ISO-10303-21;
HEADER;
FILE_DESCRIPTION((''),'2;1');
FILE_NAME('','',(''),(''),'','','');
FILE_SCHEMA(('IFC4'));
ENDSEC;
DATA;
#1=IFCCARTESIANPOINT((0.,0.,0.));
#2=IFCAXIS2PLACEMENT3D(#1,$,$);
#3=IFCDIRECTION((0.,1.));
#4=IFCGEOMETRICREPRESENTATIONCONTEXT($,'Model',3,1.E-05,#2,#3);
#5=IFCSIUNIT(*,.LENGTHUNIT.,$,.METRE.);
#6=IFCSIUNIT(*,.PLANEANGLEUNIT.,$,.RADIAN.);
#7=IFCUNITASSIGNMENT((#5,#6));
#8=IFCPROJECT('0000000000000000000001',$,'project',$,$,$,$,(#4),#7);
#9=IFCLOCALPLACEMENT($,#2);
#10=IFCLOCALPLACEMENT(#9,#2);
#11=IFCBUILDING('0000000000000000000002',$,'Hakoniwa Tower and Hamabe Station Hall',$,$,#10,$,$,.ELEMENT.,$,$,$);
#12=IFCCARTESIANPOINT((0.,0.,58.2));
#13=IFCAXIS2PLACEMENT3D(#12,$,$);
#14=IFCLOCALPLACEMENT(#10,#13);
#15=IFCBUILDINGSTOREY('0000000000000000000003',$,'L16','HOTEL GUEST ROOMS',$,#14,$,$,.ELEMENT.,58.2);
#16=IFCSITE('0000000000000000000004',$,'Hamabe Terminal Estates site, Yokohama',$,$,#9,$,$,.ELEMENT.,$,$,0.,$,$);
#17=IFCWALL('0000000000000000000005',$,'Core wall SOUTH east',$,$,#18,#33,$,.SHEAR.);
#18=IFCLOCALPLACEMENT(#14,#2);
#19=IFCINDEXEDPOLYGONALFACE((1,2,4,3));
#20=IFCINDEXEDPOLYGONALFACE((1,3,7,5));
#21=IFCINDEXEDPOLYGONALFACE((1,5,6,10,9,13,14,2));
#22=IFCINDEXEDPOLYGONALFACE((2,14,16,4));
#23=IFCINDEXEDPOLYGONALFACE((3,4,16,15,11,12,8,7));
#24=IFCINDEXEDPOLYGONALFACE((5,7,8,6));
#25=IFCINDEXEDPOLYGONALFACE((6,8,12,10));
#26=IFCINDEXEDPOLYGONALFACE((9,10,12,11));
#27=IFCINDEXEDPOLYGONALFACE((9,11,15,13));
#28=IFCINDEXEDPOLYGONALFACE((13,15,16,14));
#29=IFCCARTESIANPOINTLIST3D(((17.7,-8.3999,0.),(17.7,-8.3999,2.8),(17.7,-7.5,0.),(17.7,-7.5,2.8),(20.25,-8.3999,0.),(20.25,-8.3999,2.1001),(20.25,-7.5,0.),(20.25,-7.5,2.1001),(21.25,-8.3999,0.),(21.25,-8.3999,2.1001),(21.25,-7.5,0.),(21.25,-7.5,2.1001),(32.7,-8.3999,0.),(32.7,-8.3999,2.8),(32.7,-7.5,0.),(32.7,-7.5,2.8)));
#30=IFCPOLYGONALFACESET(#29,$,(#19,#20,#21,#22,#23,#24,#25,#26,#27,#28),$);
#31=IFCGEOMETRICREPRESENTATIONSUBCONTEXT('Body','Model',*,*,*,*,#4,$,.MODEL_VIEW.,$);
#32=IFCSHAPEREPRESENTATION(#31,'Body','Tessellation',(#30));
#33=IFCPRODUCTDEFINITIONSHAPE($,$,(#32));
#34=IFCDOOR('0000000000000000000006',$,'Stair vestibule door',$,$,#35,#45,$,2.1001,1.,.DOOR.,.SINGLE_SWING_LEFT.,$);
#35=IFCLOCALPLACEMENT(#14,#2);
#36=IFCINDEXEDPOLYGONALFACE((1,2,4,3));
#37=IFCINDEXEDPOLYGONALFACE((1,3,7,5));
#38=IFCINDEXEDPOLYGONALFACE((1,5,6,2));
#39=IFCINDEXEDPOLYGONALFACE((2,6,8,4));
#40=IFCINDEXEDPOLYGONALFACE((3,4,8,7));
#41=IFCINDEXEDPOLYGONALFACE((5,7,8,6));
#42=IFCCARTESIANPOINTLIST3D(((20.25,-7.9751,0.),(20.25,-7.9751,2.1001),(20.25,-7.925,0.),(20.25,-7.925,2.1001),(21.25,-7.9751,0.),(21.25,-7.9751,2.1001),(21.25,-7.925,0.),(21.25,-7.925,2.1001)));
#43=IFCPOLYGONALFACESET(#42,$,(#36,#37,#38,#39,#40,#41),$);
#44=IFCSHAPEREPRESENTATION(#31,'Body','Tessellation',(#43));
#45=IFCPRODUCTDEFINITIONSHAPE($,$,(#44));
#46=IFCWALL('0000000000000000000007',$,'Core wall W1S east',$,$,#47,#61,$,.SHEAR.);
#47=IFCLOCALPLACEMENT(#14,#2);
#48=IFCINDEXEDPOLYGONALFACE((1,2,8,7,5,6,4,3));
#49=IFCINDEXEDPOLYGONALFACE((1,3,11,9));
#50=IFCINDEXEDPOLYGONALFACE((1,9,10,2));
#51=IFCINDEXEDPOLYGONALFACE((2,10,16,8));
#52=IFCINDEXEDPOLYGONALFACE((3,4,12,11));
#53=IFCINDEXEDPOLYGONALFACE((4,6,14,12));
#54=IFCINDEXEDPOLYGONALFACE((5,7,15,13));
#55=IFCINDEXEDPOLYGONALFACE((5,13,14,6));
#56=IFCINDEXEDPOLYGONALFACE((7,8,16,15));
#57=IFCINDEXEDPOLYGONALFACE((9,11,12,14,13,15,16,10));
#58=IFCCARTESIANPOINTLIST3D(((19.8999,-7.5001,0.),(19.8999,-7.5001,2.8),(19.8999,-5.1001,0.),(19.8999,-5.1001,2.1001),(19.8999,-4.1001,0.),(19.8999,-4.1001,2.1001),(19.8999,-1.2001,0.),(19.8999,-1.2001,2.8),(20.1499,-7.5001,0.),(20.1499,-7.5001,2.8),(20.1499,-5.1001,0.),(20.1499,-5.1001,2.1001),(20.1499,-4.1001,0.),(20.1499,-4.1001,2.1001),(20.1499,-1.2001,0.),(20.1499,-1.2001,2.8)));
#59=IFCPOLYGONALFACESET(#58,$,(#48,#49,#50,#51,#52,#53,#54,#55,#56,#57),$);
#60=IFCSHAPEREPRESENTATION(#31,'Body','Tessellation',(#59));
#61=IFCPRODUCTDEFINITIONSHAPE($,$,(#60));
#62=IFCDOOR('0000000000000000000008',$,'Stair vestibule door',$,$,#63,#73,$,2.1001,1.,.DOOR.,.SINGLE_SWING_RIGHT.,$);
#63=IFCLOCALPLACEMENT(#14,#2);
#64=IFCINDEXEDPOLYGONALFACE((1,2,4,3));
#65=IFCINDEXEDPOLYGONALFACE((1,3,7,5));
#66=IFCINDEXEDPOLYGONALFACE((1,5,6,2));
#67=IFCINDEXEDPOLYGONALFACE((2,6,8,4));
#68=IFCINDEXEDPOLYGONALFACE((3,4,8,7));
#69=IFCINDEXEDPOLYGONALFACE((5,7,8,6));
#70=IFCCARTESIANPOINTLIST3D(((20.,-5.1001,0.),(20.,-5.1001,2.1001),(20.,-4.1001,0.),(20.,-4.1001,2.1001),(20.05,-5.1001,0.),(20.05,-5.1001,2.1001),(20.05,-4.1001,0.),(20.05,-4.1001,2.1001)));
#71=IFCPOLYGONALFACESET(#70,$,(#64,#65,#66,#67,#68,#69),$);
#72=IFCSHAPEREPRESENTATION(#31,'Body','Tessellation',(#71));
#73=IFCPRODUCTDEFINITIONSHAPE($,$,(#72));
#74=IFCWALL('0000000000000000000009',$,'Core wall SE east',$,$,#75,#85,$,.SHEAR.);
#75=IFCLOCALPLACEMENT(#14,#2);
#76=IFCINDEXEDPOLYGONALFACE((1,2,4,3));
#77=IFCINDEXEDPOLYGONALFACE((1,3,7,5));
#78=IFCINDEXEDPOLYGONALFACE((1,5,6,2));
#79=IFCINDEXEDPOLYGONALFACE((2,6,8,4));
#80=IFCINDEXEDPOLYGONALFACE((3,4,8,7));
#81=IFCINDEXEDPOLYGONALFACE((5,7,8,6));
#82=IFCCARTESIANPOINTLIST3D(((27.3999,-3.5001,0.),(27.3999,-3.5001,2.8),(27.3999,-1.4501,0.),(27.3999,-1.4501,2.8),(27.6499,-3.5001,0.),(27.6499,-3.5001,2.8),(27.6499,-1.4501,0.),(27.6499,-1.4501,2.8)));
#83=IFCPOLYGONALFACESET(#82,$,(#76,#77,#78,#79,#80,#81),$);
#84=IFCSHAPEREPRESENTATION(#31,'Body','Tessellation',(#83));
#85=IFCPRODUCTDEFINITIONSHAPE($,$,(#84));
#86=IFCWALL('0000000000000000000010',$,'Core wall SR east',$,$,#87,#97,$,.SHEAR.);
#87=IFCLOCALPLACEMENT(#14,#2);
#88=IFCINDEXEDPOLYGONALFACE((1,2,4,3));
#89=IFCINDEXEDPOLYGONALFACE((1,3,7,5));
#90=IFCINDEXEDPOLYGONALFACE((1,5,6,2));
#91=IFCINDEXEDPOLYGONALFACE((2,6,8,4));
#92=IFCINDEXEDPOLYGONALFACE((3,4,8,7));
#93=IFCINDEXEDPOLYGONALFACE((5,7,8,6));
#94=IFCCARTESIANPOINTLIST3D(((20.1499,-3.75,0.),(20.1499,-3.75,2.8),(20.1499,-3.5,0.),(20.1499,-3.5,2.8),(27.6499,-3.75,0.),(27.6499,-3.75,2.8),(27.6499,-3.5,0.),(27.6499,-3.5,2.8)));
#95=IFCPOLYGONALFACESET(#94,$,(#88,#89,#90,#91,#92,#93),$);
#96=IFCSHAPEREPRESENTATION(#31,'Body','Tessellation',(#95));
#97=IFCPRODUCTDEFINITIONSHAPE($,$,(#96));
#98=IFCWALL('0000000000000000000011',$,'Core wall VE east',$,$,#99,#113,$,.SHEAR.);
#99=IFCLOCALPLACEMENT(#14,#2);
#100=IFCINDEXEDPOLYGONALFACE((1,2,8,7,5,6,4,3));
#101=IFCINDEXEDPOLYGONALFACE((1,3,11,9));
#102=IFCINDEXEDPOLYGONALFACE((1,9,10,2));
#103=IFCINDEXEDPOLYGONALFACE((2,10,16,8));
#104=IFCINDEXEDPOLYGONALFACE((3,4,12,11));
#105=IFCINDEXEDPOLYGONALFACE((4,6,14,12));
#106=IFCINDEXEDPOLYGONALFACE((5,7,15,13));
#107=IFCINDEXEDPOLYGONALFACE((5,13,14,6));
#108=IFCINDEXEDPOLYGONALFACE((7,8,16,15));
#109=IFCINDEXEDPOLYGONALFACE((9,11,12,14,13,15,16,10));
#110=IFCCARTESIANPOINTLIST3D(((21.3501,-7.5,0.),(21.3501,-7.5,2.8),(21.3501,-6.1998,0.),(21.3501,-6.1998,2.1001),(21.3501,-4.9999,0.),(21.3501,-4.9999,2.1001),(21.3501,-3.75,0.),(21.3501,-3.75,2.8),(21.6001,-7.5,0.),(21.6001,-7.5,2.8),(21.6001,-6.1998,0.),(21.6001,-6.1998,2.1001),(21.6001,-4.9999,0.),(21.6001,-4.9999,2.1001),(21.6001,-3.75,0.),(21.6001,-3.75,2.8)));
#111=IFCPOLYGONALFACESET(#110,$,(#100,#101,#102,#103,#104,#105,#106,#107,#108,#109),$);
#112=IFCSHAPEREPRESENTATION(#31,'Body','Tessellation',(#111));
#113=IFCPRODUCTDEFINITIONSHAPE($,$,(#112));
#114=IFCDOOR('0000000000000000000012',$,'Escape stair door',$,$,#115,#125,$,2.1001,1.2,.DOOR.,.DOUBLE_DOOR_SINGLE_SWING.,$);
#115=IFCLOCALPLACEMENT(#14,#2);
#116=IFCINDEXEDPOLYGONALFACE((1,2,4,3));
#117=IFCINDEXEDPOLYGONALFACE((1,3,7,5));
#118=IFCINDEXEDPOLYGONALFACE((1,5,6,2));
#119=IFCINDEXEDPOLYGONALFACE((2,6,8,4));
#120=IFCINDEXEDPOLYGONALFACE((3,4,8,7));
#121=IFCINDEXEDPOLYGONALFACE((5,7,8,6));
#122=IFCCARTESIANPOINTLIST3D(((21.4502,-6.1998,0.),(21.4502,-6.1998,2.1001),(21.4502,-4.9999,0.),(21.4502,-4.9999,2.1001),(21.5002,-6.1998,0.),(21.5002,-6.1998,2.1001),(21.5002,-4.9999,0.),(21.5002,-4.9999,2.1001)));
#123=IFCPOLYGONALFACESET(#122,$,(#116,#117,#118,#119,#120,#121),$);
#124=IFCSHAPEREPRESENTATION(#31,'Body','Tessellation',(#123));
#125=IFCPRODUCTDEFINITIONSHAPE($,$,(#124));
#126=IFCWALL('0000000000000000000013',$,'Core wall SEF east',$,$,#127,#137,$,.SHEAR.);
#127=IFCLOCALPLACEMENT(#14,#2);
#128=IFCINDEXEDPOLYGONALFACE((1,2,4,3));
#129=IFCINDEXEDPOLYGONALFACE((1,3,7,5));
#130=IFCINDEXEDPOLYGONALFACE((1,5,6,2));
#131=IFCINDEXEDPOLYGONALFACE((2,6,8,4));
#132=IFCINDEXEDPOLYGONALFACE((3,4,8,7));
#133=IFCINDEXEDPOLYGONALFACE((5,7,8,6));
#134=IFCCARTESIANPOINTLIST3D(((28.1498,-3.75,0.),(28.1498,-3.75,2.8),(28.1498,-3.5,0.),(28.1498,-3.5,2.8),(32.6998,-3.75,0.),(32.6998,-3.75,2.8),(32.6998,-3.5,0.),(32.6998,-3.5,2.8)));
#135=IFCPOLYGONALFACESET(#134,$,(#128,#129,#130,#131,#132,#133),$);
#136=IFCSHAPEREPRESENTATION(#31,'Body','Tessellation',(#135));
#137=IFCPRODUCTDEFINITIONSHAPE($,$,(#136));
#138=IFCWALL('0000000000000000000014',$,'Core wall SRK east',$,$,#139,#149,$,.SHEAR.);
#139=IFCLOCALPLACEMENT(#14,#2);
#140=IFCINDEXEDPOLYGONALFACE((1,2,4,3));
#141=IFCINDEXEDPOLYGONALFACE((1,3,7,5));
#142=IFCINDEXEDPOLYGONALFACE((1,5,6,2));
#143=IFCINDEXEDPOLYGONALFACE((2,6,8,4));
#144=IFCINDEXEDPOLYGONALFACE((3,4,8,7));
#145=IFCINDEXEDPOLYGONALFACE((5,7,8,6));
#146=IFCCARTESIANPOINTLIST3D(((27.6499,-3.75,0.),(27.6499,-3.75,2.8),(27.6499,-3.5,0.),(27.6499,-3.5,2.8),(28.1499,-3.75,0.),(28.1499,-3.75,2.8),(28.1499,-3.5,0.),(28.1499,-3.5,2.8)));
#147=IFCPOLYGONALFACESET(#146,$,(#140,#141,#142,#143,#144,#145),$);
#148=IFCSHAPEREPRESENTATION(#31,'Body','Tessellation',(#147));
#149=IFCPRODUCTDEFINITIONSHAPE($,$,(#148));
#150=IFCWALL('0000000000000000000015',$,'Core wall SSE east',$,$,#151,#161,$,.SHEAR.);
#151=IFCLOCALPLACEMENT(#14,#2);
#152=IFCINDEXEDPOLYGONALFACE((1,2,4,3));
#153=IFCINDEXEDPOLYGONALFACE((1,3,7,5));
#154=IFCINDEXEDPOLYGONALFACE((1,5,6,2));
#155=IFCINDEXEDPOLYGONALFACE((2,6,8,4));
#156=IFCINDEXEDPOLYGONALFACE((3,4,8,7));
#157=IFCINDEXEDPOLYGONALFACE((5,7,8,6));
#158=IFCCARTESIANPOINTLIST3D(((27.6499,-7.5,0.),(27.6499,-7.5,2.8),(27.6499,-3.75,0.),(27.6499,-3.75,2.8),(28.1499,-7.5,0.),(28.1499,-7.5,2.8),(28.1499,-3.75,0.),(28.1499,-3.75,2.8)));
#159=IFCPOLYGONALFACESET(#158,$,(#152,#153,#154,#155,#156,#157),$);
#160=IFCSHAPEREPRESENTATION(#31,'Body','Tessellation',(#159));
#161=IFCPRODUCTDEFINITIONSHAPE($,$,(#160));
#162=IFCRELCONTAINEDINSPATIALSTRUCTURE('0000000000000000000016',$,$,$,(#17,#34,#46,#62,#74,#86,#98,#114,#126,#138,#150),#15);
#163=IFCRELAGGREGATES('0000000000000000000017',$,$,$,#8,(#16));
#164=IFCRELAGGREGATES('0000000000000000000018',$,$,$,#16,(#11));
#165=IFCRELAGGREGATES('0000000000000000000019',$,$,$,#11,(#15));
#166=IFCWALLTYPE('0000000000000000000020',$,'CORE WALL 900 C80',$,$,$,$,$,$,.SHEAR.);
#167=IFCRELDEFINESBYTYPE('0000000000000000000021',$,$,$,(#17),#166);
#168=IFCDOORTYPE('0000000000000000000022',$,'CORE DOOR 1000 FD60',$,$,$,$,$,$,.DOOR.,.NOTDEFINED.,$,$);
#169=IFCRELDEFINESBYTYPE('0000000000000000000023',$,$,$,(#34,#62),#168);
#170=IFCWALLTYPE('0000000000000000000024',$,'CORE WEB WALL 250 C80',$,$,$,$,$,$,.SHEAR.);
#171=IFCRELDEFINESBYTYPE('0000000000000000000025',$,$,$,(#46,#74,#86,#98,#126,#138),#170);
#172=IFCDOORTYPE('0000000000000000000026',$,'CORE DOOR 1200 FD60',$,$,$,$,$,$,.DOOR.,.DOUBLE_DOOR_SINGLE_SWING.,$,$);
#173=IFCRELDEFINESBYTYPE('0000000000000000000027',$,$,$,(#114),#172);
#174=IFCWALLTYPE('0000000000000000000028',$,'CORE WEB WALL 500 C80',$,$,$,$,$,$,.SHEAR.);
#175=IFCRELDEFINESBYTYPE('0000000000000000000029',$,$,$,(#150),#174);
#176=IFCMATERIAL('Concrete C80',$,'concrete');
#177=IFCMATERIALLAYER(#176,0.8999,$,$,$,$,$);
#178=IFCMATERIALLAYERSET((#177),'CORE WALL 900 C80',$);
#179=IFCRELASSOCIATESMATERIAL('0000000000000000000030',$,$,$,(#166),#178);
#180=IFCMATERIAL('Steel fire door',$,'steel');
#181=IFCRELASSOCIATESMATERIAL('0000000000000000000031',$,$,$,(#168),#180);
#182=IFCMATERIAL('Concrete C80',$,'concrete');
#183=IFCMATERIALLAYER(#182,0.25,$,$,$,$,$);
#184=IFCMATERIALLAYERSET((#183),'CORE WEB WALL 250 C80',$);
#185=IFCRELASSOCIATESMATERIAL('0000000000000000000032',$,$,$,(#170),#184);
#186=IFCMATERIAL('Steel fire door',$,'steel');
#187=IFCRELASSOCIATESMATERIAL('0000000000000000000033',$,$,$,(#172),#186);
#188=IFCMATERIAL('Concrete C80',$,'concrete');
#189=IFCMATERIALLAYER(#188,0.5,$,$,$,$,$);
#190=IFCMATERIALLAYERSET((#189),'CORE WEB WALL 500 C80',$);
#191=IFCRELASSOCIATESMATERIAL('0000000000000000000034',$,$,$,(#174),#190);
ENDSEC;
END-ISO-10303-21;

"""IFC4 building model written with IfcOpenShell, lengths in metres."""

from ifc_helpers import new_model, si_unit, direction, frame, frame_2d, origin, place, context, subcontext, project, spatial, rectangle, extrude, material, layer, layer_set, type_object, element, fill, save


model = new_model("IFC4")

# Units and contexts
model_context = context("Model", 3, precision=1e-05, world=origin(), true_north=direction((0.0, 1.0)))
body_context = subcontext(model_context, "Body", "Model", "MODEL_VIEW")
ifc_project = project(units=[si_unit("LENGTHUNIT", "METRE"), si_unit("PLANEANGLEUNIT", "RADIAN")], contexts=[model_context])

# Site, building, storey
site_placement = place(None, origin())
site = spatial("IfcSite", under=ifc_project, at=site_placement, Name="Hamabe Terminal Estates site, Yokohama", CompositionType="ELEMENT", RefElevation=0.0)
building_placement = place(site_placement, origin())
building = spatial("IfcBuilding", under=site, at=building_placement, Name="Hakoniwa Tower and Hamabe Station Hall", CompositionType="ELEMENT")
storey_placement = place(building_placement, frame((0.0, 0.0, 58.2)))
storey = spatial("IfcBuildingStorey", under=building, at=storey_placement, Name="L16", Description="HOTEL GUEST ROOMS", CompositionType="ELEMENT", Elevation=58.2)

# Walls, openings, doors
ifc_material_1 = material(Name="Concrete C80", Category="concrete")
ifc_layer_1 = layer(ifc_material_1, 0.8999)
ifc_layer_set_1 = layer_set([ifc_layer_1], Name="CORE WALL 900 C80")
wall_type_1 = type_object("IfcWallType", Name="CORE WALL 900 C80", PredefinedType="SHEAR", material=ifc_layer_set_1)
wall_1_placement = place(storey_placement, frame((17.7, -7.95, 0.0), z_axis=(0.0, 0.0, 1.0), x_axis=(1.0, 0.0, 0.0)))
wall_1 = element("IfcWall", 1, at=wall_1_placement, inside=storey, type_object=wall_type_1, Name="Core wall SOUTH east", PredefinedType="SHEAR", context=body_context, shape_type="SweptSolid", body=[
    extrude(rectangle(XDim=15.0, YDim=0.8999, at=frame_2d((7.5, 0.0))), origin(), (0.0, 0.0, 1.0), 2.8),
])
opening_1_placement = place(wall_1_placement, frame((2.55, 0.0, 0.0)))
opening_1 = element("IfcOpeningElement", 2, at=opening_1_placement, cuts=wall_1, PredefinedType="OPENING", context=body_context, shape_type="SweptSolid", body=[
    extrude(rectangle(XDim=1.0, YDim=2.1001, at=frame_2d((0.5, 1.05))), frame((0.0, 0.46, 0.0), z_axis=(0.0, -1.0, 0.0), x_axis=(1.0, 0.0, 0.0)), (0.0, 0.0, 1.0), 0.9199),
])
ifc_material_2 = material(Name="Steel fire door", Category="steel")
door_type_1 = type_object("IfcDoorType", Name="CORE DOOR 1000 FD60", OperationType="NOTDEFINED", PredefinedType="DOOR", material=ifc_material_2)
door_1_placement = place(opening_1_placement, origin())
door_1 = element("IfcDoor", 3, at=door_1_placement, inside=storey, type_object=door_type_1, Name="Stair vestibule door", OperationType="SINGLE_SWING_LEFT", OverallHeight=2.1001, OverallWidth=1.0, PredefinedType="DOOR", context=body_context, shape_type="SweptSolid", body=[
    extrude(rectangle(XDim=1.0, YDim=2.1001, at=frame_2d((0.5, 1.05))), frame((0.0, 0.0249, 0.0), z_axis=(0.0, -1.0, 0.0), x_axis=(1.0, 0.0, 0.0)), (0.0, 0.0, 1.0), 0.05),
])
fill(opening_1, door_1)
ifc_material_3 = material(Name="Concrete C80", Category="concrete")
ifc_layer_2 = layer(ifc_material_3, 0.25)
ifc_layer_set_2 = layer_set([ifc_layer_2], Name="CORE WEB WALL 250 C80")
wall_type_2 = type_object("IfcWallType", Name="CORE WEB WALL 250 C80", PredefinedType="SHEAR", material=ifc_layer_set_2)
wall_2_placement = place(storey_placement, frame((20.0249, -7.5, 0.0), z_axis=(0.0, 0.0, 1.0), x_axis=(0.0, 1.0, 0.0)))
wall_2 = element("IfcWall", 4, at=wall_2_placement, inside=storey, type_object=wall_type_2, Name="Core wall W1S east", PredefinedType="SHEAR", context=body_context, shape_type="SweptSolid", body=[
    extrude(rectangle(XDim=6.3, YDim=0.25, at=frame_2d((3.1499, 0.0))), origin(), (0.0, 0.0, 1.0), 2.8),
])
opening_2_placement = place(wall_2_placement, frame((2.3999, 0.0, 0.0)))
opening_2 = element("IfcOpeningElement", 5, at=opening_2_placement, cuts=wall_2, PredefinedType="OPENING", context=body_context, shape_type="SweptSolid", body=[
    extrude(rectangle(XDim=1.0, YDim=2.1001, at=frame_2d((0.5, 1.05))), frame((0.0, 0.135, 0.0), z_axis=(0.0, -1.0, 0.0), x_axis=(1.0, 0.0, 0.0)), (0.0, 0.0, 1.0), 0.27),
])
door_2_placement = place(opening_2_placement, origin())
door_2 = element("IfcDoor", 6, at=door_2_placement, inside=storey, type_object=door_type_1, Name="Stair vestibule door", OperationType="SINGLE_SWING_RIGHT", OverallHeight=2.1001, OverallWidth=1.0, PredefinedType="DOOR", context=body_context, shape_type="SweptSolid", body=[
    extrude(rectangle(XDim=1.0, YDim=2.1001, at=frame_2d((0.5, 1.05))), frame((0.0, 0.0249, 0.0), z_axis=(0.0, -1.0, 0.0), x_axis=(1.0, 0.0, 0.0)), (0.0, 0.0, 1.0), 0.05),
])
fill(opening_2, door_2)

# Walls
wall_3_placement = place(storey_placement, frame((27.5249, -3.5, 0.0), z_axis=(0.0, 0.0, 1.0), x_axis=(0.0, 1.0, 0.0)))
element("IfcWall", 7, at=wall_3_placement, inside=storey, type_object=wall_type_2, Name="Core wall SE east", PredefinedType="SHEAR", context=body_context, shape_type="SweptSolid", body=[
    extrude(rectangle(XDim=2.05, YDim=0.25, at=frame_2d((1.0249, 0.0))), origin(), (0.0, 0.0, 1.0), 2.8),
])
wall_4_placement = place(storey_placement, frame((20.1499, -3.625, 0.0), z_axis=(0.0, 0.0, 1.0), x_axis=(1.0, 0.0, 0.0)))
element("IfcWall", 8, at=wall_4_placement, inside=storey, type_object=wall_type_2, Name="Core wall SR east", PredefinedType="SHEAR", context=body_context, shape_type="SweptSolid", body=[
    extrude(rectangle(XDim=7.5, YDim=0.25, at=frame_2d((3.75, 0.0))), origin(), (0.0, 0.0, 1.0), 2.8),
])

# Wall, opening, door
wall_5_placement = place(storey_placement, frame((21.4751, -7.5, 0.0), z_axis=(0.0, 0.0, 1.0), x_axis=(0.0, 1.0, 0.0)))
wall_5 = element("IfcWall", 9, at=wall_5_placement, inside=storey, type_object=wall_type_2, Name="Core wall VE east", PredefinedType="SHEAR", context=body_context, shape_type="SweptSolid", body=[
    extrude(rectangle(XDim=3.75, YDim=0.25, at=frame_2d((1.875, 0.0))), origin(), (0.0, 0.0, 1.0), 2.8),
])
opening_3_placement = place(wall_5_placement, frame((1.3, 0.0, 0.0)))
opening_3 = element("IfcOpeningElement", 10, at=opening_3_placement, cuts=wall_5, PredefinedType="OPENING", context=body_context, shape_type="SweptSolid", body=[
    extrude(rectangle(XDim=1.2, YDim=2.1001, at=frame_2d((0.6001, 1.05))), frame((0.0, 0.135, 0.0), z_axis=(0.0, -1.0, 0.0), x_axis=(1.0, 0.0, 0.0)), (0.0, 0.0, 1.0), 0.27),
])
ifc_material_4 = material(Name="Steel fire door", Category="steel")
door_type_2 = type_object("IfcDoorType", Name="CORE DOOR 1200 FD60", OperationType="DOUBLE_DOOR_SINGLE_SWING", PredefinedType="DOOR", material=ifc_material_4)
door_3_placement = place(opening_3_placement, origin())
door_3 = element("IfcDoor", 11, at=door_3_placement, inside=storey, type_object=door_type_2, Name="Escape stair door", OperationType="DOUBLE_DOOR_SINGLE_SWING", OverallHeight=2.1001, OverallWidth=1.2, PredefinedType="DOOR", context=body_context, shape_type="SweptSolid", body=[
    extrude(rectangle(XDim=1.2, YDim=2.1001, at=frame_2d((0.6001, 1.05))), frame((0.0, 0.0249, 0.0), z_axis=(0.0, -1.0, 0.0), x_axis=(1.0, 0.0, 0.0)), (0.0, 0.0, 1.0), 0.05),
])
fill(opening_3, door_3)

# Walls
wall_6_placement = place(storey_placement, frame((28.1499, -3.625, 0.0), z_axis=(0.0, 0.0, 1.0), x_axis=(1.0, 0.0, 0.0)))
element("IfcWall", 12, at=wall_6_placement, inside=storey, type_object=wall_type_2, Name="Core wall SEF east", PredefinedType="SHEAR", context=body_context, shape_type="SweptSolid", body=[
    extrude(rectangle(XDim=4.55, YDim=0.25, at=frame_2d((2.2749, 0.0))), origin(), (0.0, 0.0, 1.0), 2.8),
])
wall_7_placement = place(storey_placement, frame((27.6499, -3.625, 0.0), z_axis=(0.0, 0.0, 1.0), x_axis=(1.0, 0.0, 0.0)))
element("IfcWall", 13, at=wall_7_placement, inside=storey, type_object=wall_type_2, Name="Core wall SRK east", PredefinedType="SHEAR", context=body_context, shape_type="SweptSolid", body=[
    extrude(rectangle(XDim=0.5, YDim=0.25, at=frame_2d((0.25, 0.0))), origin(), (0.0, 0.0, 1.0), 2.8),
])
ifc_material_5 = material(Name="Concrete C80", Category="concrete")
ifc_layer_3 = layer(ifc_material_5, 0.5)
ifc_layer_set_3 = layer_set([ifc_layer_3], Name="CORE WEB WALL 500 C80")
wall_type_3 = type_object("IfcWallType", Name="CORE WEB WALL 500 C80", PredefinedType="SHEAR", material=ifc_layer_set_3)
wall_8_placement = place(storey_placement, frame((27.8999, -7.5, 0.0), z_axis=(0.0, 0.0, 1.0), x_axis=(0.0, 1.0, 0.0)))
element("IfcWall", 14, at=wall_8_placement, inside=storey, type_object=wall_type_3, Name="Core wall SSE east", PredefinedType="SHEAR", context=body_context, shape_type="SweptSolid", body=[
    extrude(rectangle(XDim=3.75, YDim=0.5, at=frame_2d((1.875, 0.0))), origin(), (0.0, 0.0, 1.0), 2.8),
])

save(model, "model.ifc")
